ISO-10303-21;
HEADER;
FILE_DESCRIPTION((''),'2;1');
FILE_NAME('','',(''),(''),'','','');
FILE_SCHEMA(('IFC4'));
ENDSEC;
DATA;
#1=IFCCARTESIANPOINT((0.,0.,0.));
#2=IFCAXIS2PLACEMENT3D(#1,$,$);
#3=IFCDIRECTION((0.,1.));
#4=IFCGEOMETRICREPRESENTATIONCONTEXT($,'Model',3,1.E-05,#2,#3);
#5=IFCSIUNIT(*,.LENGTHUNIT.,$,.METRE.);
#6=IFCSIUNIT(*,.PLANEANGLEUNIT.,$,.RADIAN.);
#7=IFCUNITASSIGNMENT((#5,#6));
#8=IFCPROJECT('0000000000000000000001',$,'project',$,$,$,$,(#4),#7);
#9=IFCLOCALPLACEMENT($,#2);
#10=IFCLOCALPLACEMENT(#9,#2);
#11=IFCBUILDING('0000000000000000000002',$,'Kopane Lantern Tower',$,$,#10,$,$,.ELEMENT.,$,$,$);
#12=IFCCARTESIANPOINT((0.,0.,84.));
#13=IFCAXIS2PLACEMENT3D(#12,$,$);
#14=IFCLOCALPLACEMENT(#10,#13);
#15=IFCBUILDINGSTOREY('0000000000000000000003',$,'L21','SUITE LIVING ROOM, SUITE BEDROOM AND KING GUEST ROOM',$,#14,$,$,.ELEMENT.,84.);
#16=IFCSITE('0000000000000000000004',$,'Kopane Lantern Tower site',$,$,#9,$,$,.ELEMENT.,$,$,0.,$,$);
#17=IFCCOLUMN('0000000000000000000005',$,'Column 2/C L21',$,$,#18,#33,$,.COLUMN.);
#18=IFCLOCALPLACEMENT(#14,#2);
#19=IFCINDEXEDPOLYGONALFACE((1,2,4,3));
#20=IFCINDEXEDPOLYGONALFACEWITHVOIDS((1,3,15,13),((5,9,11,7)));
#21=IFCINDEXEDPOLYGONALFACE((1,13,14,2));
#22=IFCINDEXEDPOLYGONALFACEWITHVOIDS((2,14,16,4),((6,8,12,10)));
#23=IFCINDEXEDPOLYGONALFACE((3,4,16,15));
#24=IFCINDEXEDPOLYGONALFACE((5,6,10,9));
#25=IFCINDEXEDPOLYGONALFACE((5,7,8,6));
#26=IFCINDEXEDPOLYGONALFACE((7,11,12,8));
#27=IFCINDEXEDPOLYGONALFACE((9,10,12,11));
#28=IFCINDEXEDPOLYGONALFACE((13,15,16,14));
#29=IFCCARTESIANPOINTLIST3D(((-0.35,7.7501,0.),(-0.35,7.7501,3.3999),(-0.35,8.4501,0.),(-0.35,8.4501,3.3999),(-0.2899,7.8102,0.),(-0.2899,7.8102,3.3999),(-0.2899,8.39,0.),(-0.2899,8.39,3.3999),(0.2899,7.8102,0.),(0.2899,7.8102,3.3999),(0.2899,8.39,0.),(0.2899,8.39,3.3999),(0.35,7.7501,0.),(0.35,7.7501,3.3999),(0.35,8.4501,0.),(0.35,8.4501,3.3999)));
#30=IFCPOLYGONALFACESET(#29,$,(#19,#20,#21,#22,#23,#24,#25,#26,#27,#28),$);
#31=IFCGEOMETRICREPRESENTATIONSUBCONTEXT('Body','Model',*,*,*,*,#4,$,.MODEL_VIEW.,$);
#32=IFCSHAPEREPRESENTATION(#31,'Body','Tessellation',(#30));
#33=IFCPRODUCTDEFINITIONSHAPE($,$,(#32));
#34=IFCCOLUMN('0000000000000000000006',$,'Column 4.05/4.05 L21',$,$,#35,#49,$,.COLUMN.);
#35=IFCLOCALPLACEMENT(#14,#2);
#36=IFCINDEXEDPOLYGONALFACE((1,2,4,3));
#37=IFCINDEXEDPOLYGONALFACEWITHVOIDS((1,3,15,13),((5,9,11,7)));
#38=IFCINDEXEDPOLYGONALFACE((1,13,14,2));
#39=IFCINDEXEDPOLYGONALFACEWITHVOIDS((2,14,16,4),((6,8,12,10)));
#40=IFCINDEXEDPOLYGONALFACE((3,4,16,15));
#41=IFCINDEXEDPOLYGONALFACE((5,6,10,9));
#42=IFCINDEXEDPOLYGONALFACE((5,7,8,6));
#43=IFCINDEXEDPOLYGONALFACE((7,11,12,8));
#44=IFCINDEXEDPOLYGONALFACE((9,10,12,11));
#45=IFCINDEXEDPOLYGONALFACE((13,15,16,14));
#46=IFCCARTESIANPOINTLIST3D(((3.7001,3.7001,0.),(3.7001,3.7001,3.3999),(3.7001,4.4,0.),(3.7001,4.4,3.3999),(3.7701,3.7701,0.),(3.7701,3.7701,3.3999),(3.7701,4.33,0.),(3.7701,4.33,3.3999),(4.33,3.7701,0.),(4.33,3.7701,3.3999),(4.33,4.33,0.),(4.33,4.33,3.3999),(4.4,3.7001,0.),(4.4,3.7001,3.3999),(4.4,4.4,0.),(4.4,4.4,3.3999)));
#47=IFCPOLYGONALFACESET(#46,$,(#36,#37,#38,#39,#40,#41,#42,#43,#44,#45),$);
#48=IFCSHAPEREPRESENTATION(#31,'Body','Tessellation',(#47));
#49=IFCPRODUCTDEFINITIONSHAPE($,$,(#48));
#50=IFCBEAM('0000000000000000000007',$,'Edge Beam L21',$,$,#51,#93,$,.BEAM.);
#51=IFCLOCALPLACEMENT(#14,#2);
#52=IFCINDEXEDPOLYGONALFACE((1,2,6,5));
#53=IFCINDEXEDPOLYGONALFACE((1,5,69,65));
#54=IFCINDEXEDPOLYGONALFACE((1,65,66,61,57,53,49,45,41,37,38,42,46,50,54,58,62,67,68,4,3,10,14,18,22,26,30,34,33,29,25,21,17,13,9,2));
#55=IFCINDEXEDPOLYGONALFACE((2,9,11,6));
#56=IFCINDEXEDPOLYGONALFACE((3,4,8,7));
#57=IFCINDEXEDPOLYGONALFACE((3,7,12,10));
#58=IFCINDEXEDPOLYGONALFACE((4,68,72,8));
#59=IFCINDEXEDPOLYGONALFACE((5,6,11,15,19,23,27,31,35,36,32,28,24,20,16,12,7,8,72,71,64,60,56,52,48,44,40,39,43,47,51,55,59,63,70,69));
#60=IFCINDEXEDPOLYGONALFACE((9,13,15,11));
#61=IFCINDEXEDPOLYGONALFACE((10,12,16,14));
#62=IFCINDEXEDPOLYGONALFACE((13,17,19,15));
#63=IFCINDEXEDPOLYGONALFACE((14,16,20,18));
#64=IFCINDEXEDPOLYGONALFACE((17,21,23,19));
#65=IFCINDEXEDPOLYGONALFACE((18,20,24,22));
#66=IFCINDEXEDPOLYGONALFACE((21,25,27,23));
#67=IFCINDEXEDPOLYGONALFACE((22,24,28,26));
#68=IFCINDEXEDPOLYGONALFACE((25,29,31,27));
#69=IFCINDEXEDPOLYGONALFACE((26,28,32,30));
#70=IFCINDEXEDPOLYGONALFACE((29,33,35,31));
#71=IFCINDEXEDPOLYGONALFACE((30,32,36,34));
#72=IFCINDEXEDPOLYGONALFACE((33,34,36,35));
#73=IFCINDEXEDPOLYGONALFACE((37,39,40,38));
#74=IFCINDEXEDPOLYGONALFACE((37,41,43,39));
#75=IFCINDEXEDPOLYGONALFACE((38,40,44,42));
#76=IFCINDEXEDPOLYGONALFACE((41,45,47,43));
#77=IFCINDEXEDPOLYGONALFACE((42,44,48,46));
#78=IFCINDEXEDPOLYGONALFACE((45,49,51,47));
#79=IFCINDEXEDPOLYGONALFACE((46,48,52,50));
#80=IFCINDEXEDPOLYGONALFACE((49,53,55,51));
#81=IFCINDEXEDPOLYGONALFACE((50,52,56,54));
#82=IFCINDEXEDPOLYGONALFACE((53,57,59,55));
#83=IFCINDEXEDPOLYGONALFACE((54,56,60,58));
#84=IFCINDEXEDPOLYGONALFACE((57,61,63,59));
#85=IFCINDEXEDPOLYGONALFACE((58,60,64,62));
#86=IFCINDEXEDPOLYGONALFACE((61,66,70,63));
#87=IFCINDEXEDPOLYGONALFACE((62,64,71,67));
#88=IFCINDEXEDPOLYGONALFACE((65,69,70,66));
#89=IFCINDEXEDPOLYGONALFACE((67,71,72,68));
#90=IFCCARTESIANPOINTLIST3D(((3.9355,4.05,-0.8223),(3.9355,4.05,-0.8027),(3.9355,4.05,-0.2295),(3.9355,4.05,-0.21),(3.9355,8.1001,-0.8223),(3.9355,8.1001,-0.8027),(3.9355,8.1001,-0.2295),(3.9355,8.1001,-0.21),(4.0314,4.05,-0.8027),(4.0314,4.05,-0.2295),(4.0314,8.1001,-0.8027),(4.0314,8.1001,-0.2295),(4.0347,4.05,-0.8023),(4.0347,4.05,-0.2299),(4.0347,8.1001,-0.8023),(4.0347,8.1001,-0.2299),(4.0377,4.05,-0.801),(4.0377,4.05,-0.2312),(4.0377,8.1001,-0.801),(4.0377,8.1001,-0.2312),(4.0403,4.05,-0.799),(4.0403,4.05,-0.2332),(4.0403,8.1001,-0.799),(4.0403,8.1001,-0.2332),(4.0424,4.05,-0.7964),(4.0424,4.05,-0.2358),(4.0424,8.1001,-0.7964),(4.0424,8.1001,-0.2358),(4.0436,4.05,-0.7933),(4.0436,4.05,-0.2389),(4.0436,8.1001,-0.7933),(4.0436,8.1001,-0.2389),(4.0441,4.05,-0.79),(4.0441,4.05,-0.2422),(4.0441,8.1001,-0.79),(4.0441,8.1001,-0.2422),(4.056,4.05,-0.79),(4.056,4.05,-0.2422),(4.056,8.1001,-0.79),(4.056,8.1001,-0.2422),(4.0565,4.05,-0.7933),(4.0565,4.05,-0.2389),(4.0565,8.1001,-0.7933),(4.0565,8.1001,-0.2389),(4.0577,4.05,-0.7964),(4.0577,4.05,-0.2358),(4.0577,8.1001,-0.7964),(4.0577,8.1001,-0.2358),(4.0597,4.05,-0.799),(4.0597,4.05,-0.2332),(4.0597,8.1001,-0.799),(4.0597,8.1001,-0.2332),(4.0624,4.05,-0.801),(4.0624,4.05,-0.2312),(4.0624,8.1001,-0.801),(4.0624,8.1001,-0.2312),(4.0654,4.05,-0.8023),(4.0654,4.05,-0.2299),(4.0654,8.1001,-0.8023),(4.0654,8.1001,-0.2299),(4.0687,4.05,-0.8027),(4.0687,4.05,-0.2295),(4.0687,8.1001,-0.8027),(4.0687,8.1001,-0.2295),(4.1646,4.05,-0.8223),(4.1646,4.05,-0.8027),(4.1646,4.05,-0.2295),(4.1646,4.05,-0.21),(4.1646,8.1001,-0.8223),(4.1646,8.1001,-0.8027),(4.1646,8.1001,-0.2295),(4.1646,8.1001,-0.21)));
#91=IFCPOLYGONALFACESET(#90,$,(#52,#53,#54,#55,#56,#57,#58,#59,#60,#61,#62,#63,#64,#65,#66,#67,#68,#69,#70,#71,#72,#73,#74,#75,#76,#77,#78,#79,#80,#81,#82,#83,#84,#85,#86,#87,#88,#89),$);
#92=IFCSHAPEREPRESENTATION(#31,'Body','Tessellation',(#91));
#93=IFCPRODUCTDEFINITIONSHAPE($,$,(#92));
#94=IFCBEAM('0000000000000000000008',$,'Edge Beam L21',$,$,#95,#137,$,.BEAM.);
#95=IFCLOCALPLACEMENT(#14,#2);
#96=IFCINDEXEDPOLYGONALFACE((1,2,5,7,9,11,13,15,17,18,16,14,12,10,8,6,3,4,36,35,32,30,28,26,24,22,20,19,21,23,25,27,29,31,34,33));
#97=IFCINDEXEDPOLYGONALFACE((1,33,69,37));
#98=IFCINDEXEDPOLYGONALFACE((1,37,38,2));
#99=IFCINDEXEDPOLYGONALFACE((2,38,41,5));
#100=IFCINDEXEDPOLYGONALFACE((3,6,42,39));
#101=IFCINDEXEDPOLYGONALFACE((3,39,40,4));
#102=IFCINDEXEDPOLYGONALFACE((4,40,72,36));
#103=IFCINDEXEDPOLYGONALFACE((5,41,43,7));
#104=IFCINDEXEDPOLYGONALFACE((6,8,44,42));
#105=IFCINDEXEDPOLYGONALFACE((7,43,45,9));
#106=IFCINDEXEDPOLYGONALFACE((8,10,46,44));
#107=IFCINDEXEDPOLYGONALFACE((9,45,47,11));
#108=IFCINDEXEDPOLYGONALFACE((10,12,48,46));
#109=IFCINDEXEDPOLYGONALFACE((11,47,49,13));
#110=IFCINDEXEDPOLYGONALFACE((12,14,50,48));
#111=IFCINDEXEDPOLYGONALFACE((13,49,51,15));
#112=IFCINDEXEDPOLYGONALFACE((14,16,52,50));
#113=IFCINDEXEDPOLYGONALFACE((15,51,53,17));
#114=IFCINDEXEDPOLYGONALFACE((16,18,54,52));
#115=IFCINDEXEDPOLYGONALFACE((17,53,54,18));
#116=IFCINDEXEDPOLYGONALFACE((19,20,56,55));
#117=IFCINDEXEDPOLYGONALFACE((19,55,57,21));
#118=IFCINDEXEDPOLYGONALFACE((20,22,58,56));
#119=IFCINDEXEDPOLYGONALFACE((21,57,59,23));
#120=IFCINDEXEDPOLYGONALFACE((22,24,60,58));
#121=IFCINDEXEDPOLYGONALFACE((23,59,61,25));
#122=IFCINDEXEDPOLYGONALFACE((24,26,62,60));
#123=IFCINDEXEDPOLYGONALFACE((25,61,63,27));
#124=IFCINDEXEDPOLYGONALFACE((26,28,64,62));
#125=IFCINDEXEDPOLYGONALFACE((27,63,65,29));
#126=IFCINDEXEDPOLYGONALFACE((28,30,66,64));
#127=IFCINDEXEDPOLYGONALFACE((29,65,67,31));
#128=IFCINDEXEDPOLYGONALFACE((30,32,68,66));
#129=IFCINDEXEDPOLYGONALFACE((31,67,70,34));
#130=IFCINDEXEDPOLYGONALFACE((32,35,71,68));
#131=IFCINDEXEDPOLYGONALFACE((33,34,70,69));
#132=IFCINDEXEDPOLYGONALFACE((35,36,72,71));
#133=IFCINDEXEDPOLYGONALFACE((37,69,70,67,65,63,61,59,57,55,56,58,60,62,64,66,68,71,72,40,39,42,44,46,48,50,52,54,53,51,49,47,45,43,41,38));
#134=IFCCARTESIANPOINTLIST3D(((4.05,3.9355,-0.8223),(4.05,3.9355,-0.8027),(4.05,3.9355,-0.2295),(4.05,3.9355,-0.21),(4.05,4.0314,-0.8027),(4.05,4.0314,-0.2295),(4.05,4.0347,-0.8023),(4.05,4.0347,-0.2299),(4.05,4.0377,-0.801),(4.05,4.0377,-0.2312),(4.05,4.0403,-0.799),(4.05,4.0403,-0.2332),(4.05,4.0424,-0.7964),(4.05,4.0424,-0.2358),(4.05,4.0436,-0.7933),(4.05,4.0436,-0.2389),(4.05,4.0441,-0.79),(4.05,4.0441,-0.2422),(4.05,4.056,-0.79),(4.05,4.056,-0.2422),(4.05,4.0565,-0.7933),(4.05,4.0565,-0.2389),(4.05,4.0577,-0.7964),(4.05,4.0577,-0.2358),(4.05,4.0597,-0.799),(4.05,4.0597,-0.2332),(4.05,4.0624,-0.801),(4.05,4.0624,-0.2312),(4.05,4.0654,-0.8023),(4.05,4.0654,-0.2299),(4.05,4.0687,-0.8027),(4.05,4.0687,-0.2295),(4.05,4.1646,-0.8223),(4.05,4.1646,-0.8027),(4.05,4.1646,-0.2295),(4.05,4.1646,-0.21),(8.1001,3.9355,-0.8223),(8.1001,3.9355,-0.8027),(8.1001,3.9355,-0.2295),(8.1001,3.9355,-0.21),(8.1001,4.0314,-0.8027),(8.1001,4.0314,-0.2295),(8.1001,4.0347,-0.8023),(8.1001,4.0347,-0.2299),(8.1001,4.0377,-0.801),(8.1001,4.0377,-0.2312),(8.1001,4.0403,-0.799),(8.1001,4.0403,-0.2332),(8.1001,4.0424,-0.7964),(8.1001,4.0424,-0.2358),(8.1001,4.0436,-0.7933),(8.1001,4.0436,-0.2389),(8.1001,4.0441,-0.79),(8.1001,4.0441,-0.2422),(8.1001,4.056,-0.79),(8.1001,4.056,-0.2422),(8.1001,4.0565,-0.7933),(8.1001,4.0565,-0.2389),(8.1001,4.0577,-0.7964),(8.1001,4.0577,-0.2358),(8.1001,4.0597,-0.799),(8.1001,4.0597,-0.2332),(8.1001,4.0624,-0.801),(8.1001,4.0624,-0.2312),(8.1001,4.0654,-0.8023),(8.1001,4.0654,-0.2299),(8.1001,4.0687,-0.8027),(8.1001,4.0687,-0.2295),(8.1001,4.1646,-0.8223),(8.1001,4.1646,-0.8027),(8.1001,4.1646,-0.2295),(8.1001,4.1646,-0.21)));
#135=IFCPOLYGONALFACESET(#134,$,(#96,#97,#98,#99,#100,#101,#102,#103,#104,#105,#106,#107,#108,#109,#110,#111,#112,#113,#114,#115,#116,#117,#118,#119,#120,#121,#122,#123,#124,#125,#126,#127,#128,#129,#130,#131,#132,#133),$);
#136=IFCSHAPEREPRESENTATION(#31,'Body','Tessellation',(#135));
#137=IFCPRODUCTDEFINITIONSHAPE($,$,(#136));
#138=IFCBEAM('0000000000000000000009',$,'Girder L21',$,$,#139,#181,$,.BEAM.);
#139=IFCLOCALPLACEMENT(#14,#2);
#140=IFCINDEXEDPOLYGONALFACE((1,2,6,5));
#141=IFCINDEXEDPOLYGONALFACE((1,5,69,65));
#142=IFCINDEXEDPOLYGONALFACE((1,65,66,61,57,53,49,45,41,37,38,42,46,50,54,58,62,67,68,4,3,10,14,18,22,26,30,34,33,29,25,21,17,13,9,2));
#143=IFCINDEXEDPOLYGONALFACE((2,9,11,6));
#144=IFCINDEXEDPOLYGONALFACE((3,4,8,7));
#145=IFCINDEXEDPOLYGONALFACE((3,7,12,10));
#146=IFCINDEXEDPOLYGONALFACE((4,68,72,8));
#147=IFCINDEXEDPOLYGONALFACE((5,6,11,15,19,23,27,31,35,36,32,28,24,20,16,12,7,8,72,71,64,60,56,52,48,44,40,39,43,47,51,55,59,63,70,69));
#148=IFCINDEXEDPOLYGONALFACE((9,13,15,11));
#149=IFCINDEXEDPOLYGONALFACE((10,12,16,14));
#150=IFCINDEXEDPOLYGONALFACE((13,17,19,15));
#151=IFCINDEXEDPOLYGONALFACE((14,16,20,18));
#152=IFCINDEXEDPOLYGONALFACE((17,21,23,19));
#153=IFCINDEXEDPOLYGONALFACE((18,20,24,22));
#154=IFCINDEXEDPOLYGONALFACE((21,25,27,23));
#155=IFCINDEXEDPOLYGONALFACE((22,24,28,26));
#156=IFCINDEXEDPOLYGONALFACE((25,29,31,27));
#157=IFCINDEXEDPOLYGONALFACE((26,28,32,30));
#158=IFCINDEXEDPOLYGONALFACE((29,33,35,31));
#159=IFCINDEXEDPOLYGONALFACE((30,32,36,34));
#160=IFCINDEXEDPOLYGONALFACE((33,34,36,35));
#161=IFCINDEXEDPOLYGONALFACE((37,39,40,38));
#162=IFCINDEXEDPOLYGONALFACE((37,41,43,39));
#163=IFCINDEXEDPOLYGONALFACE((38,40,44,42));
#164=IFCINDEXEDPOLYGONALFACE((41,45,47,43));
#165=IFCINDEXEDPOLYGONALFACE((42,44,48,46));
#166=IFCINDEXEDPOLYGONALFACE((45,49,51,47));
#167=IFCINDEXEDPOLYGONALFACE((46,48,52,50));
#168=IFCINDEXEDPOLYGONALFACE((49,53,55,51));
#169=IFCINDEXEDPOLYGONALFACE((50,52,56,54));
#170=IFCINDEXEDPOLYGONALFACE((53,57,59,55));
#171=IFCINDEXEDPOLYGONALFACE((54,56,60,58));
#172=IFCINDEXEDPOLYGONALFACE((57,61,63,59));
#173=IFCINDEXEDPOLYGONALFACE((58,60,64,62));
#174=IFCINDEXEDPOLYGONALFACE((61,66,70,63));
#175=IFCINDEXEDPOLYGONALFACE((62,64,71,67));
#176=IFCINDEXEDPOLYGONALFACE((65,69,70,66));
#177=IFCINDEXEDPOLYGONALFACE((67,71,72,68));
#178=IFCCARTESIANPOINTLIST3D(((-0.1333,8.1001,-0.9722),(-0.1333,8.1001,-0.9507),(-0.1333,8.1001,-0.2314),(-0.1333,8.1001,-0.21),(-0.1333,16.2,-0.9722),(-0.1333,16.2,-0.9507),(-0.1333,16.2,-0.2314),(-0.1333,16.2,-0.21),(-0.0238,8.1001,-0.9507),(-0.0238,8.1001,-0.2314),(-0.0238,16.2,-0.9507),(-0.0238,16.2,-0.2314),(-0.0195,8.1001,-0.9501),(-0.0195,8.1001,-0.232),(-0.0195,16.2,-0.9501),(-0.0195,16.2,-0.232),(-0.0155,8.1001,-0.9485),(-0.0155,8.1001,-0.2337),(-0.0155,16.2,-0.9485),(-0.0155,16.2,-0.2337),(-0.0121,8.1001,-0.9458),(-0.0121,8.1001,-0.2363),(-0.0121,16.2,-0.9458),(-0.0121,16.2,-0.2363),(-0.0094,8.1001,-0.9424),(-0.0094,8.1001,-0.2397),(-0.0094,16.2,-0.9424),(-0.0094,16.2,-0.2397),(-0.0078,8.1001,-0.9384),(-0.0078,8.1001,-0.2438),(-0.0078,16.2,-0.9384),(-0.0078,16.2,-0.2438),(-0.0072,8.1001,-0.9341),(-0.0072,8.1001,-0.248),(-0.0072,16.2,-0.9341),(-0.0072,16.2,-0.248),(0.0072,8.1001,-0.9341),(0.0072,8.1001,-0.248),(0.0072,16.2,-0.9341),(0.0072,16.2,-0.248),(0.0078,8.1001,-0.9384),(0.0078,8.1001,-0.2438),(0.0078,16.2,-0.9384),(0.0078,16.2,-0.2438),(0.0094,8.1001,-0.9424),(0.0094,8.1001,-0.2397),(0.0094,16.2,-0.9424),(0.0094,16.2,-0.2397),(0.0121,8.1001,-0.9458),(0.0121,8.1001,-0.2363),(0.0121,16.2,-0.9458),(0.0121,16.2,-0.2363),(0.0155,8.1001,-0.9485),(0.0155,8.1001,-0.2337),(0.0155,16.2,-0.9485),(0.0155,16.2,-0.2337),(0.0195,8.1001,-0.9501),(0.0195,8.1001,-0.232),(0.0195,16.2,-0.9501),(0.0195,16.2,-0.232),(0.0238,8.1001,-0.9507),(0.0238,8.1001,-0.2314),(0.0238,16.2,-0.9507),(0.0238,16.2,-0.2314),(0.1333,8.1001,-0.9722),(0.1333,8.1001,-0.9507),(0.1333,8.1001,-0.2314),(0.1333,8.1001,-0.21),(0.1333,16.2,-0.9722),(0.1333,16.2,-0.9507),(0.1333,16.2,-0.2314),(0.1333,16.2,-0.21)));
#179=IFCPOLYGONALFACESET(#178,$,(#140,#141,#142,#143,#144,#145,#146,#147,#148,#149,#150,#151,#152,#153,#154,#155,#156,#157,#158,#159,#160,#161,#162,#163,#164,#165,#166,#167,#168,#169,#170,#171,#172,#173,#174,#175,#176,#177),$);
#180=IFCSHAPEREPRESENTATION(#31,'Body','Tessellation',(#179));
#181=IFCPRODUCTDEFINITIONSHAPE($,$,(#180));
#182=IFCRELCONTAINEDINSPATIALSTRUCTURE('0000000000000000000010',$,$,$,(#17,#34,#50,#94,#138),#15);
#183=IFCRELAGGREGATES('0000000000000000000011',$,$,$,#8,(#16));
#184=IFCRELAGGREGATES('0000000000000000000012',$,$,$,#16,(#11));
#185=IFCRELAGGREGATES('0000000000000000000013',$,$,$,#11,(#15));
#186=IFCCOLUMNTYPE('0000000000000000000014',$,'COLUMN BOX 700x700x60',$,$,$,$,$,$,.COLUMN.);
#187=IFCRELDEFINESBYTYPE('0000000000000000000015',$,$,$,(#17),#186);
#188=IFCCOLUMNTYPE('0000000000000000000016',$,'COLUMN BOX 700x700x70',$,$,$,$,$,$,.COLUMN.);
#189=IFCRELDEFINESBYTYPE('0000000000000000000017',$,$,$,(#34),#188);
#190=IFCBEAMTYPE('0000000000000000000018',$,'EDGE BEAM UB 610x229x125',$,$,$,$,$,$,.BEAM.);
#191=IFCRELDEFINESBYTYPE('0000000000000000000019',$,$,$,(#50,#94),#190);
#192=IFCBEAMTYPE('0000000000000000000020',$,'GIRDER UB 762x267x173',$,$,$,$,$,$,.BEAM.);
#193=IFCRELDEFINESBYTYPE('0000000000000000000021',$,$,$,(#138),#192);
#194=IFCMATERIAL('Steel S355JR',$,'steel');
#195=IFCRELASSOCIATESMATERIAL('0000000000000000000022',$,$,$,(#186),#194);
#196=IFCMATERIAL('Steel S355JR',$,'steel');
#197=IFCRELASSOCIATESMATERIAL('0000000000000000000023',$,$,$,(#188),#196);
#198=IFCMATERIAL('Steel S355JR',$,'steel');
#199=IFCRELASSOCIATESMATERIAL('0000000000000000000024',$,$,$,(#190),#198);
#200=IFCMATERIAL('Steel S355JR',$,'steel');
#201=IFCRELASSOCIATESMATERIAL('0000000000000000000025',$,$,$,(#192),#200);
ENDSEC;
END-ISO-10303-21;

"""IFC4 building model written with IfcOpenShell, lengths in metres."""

from ifc_helpers import new_model, si_unit, direction, frame, origin, origin_2d, place, context, subcontext, project, spatial, hollow_rectangle, i_section, extrude, material, material_profile, profile_set, type_object, element, save


model = new_model("IFC4")

# Units and contexts
model_context = context("Model", 3, precision=1e-05, world=origin(), true_north=direction((0.0, 1.0)))
body_context = subcontext(model_context, "Body", "Model", "MODEL_VIEW")
ifc_project = project(units=[si_unit("LENGTHUNIT", "METRE"), si_unit("PLANEANGLEUNIT", "RADIAN")], contexts=[model_context])

# Site, building, storey
site_placement = place(None, origin())
site = spatial("IfcSite", under=ifc_project, at=site_placement, Name="Kopane Lantern Tower site", CompositionType="ELEMENT", RefElevation=0.0)
building_placement = place(site_placement, origin())
building = spatial("IfcBuilding", under=site, at=building_placement, Name="Kopane Lantern Tower", CompositionType="ELEMENT")
storey_placement = place(building_placement, frame((0.0, 0.0, 84.0)))
storey = spatial("IfcBuildingStorey", under=building, at=storey_placement, Name="L21", Description="SUITE LIVING ROOM, SUITE BEDROOM AND KING GUEST ROOM", CompositionType="ELEMENT", Elevation=84.0)

# Columns
ifc_material_1 = material(Name="Steel S355JR", Category="steel")
ifc_material_profile_1 = material_profile(ifc_material_1, hollow_rectangle(XDim=0.7, YDim=0.7, WallThickness=0.0601, at=origin_2d()), Name="BOX 700x700x60")
ifc_profile_set_1 = profile_set([ifc_material_profile_1], Name="Steel S355JR")
column_type_1 = type_object("IfcColumnType", Name="COLUMN BOX 700x700x60", PredefinedType="COLUMN", material=ifc_profile_set_1)
column_1_placement = place(storey_placement, frame((0.0, 8.1001, 0.0), z_axis=(0.0, 0.0, 1.0), x_axis=(1.0, 0.0, 0.0)))
element("IfcColumn", 1, at=column_1_placement, inside=storey, type_object=column_type_1, Name="Column 2/C L21", PredefinedType="COLUMN", context=body_context, shape_type="SweptSolid", body=[
    extrude(hollow_rectangle(XDim=0.7, YDim=0.7, WallThickness=0.0601, at=origin_2d()), origin(), (0.0, 0.0, 1.0), 3.3999),
])
ifc_material_2 = material(Name="Steel S355JR", Category="steel")
ifc_material_profile_2 = material_profile(ifc_material_2, hollow_rectangle(XDim=0.7, YDim=0.7, WallThickness=0.0701, at=origin_2d()), Name="BOX 700x700x70")
ifc_profile_set_2 = profile_set([ifc_material_profile_2], Name="Steel S355JR")
column_type_2 = type_object("IfcColumnType", Name="COLUMN BOX 700x700x70", PredefinedType="COLUMN", material=ifc_profile_set_2)
column_2_placement = place(storey_placement, frame((4.05, 4.05, 0.0), z_axis=(0.0, 0.0, 1.0), x_axis=(1.0, 0.0, 0.0)))
element("IfcColumn", 2, at=column_2_placement, inside=storey, type_object=column_type_2, Name="Column 4.05/4.05 L21", PredefinedType="COLUMN", context=body_context, shape_type="SweptSolid", body=[
    extrude(hollow_rectangle(XDim=0.7, YDim=0.7, WallThickness=0.0701, at=origin_2d()), origin(), (0.0, 0.0, 1.0), 3.3999),
])

# Beams
ifc_material_3 = material(Name="Steel S355JR", Category="steel")
ifc_material_profile_3 = material_profile(ifc_material_3, i_section(OverallWidth=0.229, OverallDepth=0.6123, WebThickness=0.012, FlangeThickness=0.0195, FilletRadius=0.0127, at=origin_2d()), Name="UB 610x229x125")
ifc_profile_set_3 = profile_set([ifc_material_profile_3], Name="Steel S355JR")
beam_type_1 = type_object("IfcBeamType", Name="EDGE BEAM UB 610x229x125", PredefinedType="BEAM", material=ifc_profile_set_3)
for number, where, z_axis, x_axis, name in (
    (3, (4.05, 4.05, -0.5161), (0.0, 1.0, 0.0), (-1.0, 0.0, 0.0), "Edge Beam L21"),
    (4, (4.05, 4.05, -0.5161), (1.0, 0.0, 0.0), (0.0, 1.0, 0.0), "Edge Beam L21"),
):
    element("IfcBeam", number, at=place(storey_placement, frame(where, z_axis=z_axis, x_axis=x_axis)), inside=storey, type_object=beam_type_1, Name=name, PredefinedType="BEAM", context=body_context, shape_type="SweptSolid", body=[
        extrude(i_section(OverallWidth=0.229, OverallDepth=0.6123, WebThickness=0.012, FlangeThickness=0.0195, FilletRadius=0.0127, at=origin_2d()), origin(), (0.0, 0.0, 1.0), 4.05),
    ])
ifc_material_4 = material(Name="Steel S355JR", Category="steel")
ifc_material_profile_4 = material_profile(ifc_material_4, i_section(OverallWidth=0.2666, OverallDepth=0.7622, WebThickness=0.0144, FlangeThickness=0.0215, FilletRadius=0.0166, at=origin_2d()), Name="UB 762x267x173")
ifc_profile_set_4 = profile_set([ifc_material_profile_4], Name="Steel S355JR")
beam_type_2 = type_object("IfcBeamType", Name="GIRDER UB 762x267x173", PredefinedType="BEAM", material=ifc_profile_set_4)
beam_1_placement = place(storey_placement, frame((0.0, 8.1001, -0.5911), z_axis=(0.0, 1.0, 0.0), x_axis=(-1.0, 0.0, 0.0)))
element("IfcBeam", 5, at=beam_1_placement, inside=storey, type_object=beam_type_2, Name="Girder L21", PredefinedType="BEAM", context=body_context, shape_type="SweptSolid", body=[
    extrude(i_section(OverallWidth=0.2666, OverallDepth=0.7622, WebThickness=0.0144, FlangeThickness=0.0215, FilletRadius=0.0166, at=origin_2d()), origin(), (0.0, 0.0, 1.0), 8.0999),
])

save(model, "model.ifc")
